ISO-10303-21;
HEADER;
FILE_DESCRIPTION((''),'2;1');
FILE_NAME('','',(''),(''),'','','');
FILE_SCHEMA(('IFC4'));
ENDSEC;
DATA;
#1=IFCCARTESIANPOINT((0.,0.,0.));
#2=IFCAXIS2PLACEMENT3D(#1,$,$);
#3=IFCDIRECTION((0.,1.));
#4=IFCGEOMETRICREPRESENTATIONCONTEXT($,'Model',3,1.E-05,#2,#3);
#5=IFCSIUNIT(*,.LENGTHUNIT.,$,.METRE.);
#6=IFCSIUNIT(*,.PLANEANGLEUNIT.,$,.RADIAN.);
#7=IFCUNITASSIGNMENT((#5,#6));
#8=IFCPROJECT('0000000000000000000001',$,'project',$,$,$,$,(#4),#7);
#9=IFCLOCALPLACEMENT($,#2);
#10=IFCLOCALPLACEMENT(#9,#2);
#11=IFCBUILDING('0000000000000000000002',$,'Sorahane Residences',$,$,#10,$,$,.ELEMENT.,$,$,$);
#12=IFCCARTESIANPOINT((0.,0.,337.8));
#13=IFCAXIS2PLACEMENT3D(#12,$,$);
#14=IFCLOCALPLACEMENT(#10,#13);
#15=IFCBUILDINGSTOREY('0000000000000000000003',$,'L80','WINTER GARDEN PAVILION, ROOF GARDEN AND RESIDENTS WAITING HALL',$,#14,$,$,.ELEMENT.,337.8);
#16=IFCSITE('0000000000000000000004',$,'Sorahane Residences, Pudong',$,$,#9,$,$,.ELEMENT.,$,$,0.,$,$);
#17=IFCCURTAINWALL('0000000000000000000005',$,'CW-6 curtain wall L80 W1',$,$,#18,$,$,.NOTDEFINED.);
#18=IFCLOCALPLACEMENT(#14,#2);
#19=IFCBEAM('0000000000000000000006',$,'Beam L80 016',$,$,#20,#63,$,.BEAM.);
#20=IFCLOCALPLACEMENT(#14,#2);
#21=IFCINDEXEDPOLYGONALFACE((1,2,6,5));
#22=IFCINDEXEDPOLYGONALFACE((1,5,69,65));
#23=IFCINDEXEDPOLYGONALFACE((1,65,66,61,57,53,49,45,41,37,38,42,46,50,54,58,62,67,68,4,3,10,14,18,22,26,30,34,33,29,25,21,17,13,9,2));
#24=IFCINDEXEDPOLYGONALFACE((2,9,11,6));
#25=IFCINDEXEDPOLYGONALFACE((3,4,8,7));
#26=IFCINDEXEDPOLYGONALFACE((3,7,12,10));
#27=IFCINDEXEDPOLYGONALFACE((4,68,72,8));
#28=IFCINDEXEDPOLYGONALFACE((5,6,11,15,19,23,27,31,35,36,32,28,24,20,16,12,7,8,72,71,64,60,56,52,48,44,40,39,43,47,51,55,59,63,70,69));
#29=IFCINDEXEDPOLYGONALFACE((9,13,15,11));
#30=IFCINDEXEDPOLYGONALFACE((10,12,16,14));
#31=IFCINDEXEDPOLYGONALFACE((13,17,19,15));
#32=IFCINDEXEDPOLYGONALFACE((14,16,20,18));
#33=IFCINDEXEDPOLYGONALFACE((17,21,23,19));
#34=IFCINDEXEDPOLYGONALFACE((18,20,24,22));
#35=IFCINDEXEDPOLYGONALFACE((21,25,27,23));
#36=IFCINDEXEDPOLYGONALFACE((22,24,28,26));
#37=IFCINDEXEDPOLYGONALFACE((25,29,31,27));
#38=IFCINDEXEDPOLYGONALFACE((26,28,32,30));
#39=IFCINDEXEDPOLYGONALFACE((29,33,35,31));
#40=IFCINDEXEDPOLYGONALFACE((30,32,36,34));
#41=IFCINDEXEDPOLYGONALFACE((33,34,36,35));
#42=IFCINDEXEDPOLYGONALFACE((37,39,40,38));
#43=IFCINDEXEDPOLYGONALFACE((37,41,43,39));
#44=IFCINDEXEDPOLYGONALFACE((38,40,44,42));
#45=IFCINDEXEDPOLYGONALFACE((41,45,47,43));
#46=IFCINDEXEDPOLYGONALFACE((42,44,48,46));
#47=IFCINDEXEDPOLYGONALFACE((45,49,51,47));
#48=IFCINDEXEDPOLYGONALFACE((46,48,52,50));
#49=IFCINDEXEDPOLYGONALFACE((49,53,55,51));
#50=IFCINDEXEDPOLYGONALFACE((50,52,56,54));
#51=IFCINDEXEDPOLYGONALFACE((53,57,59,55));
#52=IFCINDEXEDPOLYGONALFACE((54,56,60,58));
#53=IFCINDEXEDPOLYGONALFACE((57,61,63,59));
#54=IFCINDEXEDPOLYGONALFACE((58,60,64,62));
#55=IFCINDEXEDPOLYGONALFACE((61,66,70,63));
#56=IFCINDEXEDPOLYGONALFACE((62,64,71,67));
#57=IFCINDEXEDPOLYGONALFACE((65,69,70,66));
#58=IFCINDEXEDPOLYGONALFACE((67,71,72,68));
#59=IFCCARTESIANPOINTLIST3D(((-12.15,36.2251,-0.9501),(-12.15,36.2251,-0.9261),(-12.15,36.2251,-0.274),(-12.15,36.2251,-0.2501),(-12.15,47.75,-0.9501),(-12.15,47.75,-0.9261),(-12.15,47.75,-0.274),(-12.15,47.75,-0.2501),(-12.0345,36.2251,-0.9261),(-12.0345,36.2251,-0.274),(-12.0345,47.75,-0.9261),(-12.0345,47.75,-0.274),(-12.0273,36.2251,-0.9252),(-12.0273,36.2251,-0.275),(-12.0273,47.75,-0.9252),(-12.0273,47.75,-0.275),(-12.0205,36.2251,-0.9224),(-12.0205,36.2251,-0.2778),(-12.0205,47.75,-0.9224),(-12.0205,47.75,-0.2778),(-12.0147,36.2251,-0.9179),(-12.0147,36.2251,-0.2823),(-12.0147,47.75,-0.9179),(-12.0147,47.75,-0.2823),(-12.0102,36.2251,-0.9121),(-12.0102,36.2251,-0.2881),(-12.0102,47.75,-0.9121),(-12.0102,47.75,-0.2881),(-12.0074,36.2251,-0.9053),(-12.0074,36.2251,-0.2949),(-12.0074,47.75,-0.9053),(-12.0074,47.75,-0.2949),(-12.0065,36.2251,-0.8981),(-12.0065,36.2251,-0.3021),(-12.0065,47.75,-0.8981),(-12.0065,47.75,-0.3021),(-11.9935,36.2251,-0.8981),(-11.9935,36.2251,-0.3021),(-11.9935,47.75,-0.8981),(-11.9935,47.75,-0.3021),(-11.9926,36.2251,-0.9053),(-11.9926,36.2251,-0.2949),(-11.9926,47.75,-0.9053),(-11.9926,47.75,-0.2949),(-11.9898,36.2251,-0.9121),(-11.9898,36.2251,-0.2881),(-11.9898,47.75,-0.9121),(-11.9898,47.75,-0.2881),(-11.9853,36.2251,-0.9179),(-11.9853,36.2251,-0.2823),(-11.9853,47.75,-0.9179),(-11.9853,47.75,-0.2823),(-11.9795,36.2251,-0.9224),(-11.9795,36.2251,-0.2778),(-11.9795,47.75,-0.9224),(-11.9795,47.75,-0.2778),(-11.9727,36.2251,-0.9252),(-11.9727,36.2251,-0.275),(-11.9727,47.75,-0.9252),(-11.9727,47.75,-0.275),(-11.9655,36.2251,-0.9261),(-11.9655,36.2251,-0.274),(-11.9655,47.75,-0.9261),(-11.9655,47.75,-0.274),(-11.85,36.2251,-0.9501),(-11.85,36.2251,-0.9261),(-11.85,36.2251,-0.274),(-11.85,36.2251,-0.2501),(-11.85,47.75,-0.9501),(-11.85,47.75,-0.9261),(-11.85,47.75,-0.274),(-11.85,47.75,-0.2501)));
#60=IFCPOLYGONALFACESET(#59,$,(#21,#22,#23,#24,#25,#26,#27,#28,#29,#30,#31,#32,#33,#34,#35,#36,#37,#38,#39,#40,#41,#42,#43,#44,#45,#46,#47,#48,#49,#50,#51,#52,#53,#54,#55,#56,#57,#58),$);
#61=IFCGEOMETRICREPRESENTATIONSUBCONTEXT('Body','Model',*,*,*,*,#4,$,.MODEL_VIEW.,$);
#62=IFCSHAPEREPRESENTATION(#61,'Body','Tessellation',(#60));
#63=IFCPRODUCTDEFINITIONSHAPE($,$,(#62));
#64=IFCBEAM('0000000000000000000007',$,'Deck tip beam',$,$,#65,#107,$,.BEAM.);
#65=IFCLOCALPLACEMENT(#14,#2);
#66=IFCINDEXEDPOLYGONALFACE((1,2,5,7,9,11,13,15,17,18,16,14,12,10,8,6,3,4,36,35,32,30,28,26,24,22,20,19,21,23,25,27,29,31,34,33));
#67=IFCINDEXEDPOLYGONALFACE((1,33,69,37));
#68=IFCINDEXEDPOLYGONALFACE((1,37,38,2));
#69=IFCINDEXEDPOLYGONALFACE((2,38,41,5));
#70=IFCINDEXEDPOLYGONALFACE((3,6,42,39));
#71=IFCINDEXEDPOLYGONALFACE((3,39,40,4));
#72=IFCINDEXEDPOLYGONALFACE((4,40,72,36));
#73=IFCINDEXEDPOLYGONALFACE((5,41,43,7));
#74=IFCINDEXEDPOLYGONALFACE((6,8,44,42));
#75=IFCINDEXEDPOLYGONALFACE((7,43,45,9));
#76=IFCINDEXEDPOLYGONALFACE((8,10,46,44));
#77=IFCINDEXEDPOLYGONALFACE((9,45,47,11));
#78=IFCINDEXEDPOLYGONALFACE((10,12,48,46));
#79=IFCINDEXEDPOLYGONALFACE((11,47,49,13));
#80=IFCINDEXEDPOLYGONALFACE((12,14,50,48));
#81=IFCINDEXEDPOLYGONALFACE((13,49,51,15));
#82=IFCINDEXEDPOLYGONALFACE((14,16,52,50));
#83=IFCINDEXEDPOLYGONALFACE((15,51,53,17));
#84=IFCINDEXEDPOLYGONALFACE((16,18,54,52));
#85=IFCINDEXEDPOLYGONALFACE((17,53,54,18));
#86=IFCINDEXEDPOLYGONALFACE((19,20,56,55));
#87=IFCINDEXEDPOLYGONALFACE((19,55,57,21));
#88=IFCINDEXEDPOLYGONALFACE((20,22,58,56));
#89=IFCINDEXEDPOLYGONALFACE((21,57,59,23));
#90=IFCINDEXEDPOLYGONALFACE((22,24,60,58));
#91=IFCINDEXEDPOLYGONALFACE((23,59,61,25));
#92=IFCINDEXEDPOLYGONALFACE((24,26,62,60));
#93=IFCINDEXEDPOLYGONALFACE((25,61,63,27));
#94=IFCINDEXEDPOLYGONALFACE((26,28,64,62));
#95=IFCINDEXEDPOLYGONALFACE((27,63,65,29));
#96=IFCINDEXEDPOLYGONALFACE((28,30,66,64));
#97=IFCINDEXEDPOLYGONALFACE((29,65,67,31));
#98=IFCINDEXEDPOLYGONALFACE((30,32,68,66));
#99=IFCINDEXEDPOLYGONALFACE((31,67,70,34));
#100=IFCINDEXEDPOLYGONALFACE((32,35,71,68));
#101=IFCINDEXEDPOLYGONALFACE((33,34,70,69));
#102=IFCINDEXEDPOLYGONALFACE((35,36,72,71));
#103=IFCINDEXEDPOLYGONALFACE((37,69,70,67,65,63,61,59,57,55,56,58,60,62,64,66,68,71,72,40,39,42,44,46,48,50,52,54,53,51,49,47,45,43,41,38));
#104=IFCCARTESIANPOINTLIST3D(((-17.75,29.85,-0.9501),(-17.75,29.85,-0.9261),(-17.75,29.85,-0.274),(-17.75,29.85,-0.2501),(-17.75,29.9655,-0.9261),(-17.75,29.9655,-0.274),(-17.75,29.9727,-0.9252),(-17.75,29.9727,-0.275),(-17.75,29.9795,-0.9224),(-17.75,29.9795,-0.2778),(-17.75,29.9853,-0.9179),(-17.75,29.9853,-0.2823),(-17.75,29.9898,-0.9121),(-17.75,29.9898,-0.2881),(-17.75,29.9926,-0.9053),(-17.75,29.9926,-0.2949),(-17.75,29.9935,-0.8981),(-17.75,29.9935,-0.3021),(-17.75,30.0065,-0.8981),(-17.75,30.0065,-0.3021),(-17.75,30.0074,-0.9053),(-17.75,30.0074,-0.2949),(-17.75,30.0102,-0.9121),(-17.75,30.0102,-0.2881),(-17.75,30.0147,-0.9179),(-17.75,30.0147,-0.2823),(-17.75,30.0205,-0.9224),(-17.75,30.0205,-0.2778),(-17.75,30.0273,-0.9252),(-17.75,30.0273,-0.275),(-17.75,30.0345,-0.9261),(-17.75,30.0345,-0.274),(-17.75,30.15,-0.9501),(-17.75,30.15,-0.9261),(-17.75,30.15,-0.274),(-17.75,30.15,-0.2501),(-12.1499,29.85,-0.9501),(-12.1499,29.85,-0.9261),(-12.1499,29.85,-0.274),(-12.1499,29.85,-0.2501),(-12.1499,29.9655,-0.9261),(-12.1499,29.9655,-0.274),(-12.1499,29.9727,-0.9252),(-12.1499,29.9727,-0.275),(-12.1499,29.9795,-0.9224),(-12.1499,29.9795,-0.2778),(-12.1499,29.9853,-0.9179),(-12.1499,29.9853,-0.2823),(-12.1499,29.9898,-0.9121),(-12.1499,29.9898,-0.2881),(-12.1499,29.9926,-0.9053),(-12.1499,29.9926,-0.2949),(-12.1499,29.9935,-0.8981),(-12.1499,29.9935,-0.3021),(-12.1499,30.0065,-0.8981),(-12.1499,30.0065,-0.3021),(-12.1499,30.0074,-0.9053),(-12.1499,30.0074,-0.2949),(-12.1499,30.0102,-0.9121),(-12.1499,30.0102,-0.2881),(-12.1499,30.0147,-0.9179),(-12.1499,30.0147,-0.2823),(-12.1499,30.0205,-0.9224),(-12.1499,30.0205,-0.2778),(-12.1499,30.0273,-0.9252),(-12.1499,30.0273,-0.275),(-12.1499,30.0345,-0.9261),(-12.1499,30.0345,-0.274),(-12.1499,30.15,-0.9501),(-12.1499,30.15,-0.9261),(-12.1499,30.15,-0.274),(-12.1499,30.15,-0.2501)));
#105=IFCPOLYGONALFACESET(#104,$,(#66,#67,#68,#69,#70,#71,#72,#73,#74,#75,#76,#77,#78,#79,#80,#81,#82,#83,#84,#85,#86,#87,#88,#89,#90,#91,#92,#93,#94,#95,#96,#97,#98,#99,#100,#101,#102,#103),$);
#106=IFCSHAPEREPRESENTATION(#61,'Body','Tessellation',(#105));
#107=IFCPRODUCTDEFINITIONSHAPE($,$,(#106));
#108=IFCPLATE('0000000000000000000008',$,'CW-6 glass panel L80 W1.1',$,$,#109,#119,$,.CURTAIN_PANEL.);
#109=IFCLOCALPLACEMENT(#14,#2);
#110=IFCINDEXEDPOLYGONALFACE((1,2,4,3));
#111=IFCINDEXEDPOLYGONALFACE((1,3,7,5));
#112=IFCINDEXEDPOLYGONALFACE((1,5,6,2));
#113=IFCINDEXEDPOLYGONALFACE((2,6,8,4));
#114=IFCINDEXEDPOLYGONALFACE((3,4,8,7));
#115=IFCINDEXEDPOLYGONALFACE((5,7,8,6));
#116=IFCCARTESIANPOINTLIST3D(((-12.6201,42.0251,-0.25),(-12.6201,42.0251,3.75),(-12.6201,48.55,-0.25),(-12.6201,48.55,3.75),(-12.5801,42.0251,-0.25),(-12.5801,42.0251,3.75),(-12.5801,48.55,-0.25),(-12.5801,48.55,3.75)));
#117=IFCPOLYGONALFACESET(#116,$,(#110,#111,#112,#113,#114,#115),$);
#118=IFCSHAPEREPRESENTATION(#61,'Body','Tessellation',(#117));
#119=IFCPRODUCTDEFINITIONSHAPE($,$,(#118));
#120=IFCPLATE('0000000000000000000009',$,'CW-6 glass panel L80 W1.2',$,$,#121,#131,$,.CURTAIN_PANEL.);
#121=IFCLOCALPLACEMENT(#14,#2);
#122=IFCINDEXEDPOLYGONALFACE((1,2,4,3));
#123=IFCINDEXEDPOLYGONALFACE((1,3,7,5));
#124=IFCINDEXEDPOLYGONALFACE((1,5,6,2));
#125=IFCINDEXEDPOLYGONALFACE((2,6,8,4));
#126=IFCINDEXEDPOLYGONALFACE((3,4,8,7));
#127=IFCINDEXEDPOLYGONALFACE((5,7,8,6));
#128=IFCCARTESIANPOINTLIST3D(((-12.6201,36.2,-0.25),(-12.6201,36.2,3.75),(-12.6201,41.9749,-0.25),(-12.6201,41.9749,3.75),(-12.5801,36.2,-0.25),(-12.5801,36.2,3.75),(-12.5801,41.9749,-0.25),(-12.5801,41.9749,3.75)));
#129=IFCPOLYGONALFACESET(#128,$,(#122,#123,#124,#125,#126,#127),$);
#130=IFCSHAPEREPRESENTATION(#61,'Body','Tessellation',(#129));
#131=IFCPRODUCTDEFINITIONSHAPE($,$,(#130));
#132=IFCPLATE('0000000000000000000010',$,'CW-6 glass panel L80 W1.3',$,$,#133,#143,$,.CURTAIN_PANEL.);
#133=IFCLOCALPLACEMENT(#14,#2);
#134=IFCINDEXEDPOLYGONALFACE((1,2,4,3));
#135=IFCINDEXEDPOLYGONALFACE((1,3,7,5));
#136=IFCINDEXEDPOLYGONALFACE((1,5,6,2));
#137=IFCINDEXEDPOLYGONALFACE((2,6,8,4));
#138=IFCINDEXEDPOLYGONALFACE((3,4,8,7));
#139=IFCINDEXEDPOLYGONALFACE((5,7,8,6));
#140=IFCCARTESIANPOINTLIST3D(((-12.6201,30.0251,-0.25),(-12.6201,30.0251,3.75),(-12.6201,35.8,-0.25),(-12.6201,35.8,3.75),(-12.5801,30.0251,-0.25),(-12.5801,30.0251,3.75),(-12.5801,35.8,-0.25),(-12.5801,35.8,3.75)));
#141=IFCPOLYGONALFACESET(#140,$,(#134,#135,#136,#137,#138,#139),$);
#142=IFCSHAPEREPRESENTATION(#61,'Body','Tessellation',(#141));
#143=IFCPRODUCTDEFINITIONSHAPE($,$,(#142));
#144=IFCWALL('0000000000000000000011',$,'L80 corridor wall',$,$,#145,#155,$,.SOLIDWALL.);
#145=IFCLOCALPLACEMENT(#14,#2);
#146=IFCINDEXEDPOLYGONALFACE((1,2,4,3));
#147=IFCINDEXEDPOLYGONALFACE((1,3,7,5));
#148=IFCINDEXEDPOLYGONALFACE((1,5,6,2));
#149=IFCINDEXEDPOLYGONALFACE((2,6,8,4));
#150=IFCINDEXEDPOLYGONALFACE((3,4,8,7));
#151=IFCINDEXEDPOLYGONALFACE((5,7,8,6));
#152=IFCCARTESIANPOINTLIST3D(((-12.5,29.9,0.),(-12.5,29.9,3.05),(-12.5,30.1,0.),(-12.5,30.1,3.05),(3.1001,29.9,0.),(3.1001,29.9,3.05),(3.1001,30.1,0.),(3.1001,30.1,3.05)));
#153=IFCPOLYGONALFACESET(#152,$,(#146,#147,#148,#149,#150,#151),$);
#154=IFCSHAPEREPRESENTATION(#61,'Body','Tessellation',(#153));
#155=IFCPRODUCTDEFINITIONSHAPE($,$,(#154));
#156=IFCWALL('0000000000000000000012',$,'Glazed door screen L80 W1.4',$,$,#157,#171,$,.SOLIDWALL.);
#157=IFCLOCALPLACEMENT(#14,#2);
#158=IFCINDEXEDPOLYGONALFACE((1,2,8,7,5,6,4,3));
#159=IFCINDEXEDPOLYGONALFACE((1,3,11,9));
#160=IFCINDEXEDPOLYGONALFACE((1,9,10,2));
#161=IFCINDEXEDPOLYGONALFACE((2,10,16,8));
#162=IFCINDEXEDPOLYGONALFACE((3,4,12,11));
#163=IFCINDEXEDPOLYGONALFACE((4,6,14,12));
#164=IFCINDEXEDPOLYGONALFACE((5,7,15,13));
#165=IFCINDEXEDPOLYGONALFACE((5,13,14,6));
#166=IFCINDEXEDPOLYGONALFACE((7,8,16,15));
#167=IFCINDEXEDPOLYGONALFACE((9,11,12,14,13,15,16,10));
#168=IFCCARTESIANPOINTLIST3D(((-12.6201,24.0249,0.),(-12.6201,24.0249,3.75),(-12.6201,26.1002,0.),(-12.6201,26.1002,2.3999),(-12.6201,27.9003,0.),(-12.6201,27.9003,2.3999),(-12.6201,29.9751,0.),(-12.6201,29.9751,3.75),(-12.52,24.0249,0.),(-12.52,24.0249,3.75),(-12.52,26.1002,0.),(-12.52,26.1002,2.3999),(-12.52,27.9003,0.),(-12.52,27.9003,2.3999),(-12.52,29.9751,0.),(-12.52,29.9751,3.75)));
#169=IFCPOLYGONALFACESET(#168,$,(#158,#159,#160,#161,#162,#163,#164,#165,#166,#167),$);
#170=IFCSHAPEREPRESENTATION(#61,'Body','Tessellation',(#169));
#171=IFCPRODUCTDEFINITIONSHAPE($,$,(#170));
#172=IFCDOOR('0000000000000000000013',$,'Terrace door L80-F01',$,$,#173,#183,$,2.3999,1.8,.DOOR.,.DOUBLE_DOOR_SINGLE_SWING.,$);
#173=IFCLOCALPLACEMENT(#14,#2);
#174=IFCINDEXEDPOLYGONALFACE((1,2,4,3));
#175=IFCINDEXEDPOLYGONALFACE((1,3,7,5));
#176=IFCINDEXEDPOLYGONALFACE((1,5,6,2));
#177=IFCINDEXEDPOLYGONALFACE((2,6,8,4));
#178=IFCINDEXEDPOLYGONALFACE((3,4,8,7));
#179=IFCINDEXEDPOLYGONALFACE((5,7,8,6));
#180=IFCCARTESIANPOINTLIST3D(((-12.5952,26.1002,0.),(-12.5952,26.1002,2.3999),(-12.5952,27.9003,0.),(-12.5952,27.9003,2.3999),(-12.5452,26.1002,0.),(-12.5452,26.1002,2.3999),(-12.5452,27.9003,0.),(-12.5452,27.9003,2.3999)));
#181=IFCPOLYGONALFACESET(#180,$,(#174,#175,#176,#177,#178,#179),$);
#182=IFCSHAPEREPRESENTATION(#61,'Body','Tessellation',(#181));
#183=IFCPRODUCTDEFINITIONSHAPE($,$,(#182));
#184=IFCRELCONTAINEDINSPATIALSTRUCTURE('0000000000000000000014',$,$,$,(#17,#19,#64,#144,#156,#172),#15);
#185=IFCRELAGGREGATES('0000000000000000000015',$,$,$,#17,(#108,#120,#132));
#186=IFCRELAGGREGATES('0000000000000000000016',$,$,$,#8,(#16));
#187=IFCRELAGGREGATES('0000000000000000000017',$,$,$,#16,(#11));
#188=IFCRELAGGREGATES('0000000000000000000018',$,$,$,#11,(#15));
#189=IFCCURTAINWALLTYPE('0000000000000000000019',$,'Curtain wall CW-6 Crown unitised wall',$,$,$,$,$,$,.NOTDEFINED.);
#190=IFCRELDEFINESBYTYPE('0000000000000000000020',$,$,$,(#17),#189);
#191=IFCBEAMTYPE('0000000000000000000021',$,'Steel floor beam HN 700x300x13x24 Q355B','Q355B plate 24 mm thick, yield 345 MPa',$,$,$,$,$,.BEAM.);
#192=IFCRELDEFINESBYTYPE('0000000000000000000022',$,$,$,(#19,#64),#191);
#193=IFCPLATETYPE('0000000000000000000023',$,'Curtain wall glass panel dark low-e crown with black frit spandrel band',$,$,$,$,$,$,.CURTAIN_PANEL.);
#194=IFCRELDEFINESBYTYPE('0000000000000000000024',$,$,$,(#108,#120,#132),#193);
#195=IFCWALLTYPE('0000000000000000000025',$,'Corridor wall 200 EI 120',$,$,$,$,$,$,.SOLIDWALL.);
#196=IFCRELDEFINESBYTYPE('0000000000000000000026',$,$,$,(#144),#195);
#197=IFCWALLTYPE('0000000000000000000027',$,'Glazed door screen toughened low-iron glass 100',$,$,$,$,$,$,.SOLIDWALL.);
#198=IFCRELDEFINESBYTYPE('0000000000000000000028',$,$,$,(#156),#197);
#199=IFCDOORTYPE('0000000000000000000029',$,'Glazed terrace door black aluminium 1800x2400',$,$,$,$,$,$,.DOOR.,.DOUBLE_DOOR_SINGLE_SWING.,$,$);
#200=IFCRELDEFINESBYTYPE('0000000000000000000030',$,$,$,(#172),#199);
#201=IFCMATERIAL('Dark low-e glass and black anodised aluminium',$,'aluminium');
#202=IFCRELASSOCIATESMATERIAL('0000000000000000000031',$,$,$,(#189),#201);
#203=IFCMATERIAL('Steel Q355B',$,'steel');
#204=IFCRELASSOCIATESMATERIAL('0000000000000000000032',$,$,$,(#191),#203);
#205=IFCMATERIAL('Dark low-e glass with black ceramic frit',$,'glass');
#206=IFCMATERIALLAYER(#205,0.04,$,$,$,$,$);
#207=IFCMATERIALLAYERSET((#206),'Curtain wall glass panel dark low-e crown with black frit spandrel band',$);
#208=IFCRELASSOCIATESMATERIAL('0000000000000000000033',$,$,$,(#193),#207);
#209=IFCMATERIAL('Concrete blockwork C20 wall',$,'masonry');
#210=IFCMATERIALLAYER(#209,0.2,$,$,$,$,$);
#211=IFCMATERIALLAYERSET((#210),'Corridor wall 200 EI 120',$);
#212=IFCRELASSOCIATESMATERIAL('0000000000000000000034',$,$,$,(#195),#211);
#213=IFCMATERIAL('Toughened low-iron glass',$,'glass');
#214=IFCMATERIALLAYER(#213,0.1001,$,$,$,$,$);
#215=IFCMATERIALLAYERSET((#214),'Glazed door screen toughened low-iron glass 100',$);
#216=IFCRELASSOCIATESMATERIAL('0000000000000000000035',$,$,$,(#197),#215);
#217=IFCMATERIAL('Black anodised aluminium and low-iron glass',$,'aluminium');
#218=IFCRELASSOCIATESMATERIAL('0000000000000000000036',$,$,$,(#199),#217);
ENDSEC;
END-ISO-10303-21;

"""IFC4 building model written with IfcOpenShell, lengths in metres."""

from ifc_helpers import new_model, si_unit, direction, frame, frame_2d, origin, origin_2d, place, context, subcontext, project, spatial, rectangle, i_section, extrude, material, layer, layer_set, material_profile, profile_set, type_object, element, fill, aggregate, save


model = new_model("IFC4")

# Units and contexts
model_context = context("Model", 3, precision=1e-05, world=origin(), true_north=direction((0.0, 1.0)))
body_context = subcontext(model_context, "Body", "Model", "MODEL_VIEW")
ifc_project = project(units=[si_unit("LENGTHUNIT", "METRE"), si_unit("PLANEANGLEUNIT", "RADIAN")], contexts=[model_context])

# Site, building, storey
site_placement = place(None, origin())
site = spatial("IfcSite", under=ifc_project, at=site_placement, Name="Sorahane Residences, Pudong", CompositionType="ELEMENT", RefElevation=0.0)
building_placement = place(site_placement, origin())
building = spatial("IfcBuilding", under=site, at=building_placement, Name="Sorahane Residences", CompositionType="ELEMENT")
storey_placement = place(building_placement, frame((0.0, 0.0, 337.8)))
storey = spatial("IfcBuildingStorey", under=building, at=storey_placement, Name="L80", Description="WINTER GARDEN PAVILION, ROOF GARDEN AND RESIDENTS WAITING HALL", CompositionType="ELEMENT", Elevation=337.8)

# Shared definitions
ifc_material_1 = material(Name="Dark low-e glass and black anodised aluminium", Category="aluminium")
curtain_wall_type = type_object("IfcCurtainWallType", Name="Curtain wall CW-6 Crown unitised wall", PredefinedType="NOTDEFINED", material=ifc_material_1)

# Curtain wall
curtain_wall_1_placement = place(storey_placement, origin())
curtain_wall_1 = element("IfcCurtainWall", 1, at=curtain_wall_1_placement, inside=storey, type_object=curtain_wall_type, Name="CW-6 curtain wall L80 W1", PredefinedType="NOTDEFINED")

# Beams
ifc_material_2 = material(Name="Steel Q355B", Category="steel")
ifc_material_profile_1 = material_profile(ifc_material_2, i_section(OverallWidth=0.3, OverallDepth=0.7, WebThickness=0.0129, FlangeThickness=0.0239, FilletRadius=0.0281, at=origin_2d()), Name="HN 700x300x13x24")
ifc_profile_set_1 = profile_set([ifc_material_profile_1], Name="Steel Q355B")
beam_type_1 = type_object("IfcBeamType", Name="Steel floor beam HN 700x300x13x24 Q355B", Description="Q355B plate 24 mm thick, yield 345 MPa", PredefinedType="BEAM", material=ifc_profile_set_1)
beam_1_placement = place(storey_placement, frame((-12.0, 36.2251, -0.6001), z_axis=(0.0, 1.0, 0.0), x_axis=(-1.0, 0.0, 0.0)))
element("IfcBeam", 2, at=beam_1_placement, inside=storey, type_object=beam_type_1, Name="Beam L80 016", PredefinedType="BEAM", context=body_context, shape_type="SweptSolid", body=[
    extrude(i_section(OverallWidth=0.3, OverallDepth=0.7, WebThickness=0.0129, FlangeThickness=0.0239, FilletRadius=0.0281, at=origin_2d()), origin(), (0.0, 0.0, 1.0), 11.5249),
])
beam_2_placement = place(storey_placement, frame((-17.75, 30.0, -0.6001), z_axis=(1.0, 0.0, 0.0), x_axis=(0.0, 1.0, 0.0)))
element("IfcBeam", 3, at=beam_2_placement, inside=storey, type_object=beam_type_1, Name="Deck tip beam", PredefinedType="BEAM", context=body_context, shape_type="SweptSolid", body=[
    extrude(i_section(OverallWidth=0.3, OverallDepth=0.7, WebThickness=0.0129, FlangeThickness=0.0239, FilletRadius=0.0281, at=origin_2d()), origin(), (0.0, 0.0, 1.0), 5.6001),
])

# Plates
ifc_material_3 = material(Name="Dark low-e glass with black ceramic frit", Category="glass")
ifc_layer_1 = layer(ifc_material_3, 0.04)
ifc_layer_set_1 = layer_set([ifc_layer_1], Name="Curtain wall glass panel dark low-e crown with black frit spandrel band")
plate_type = type_object("IfcPlateType", Name="Curtain wall glass panel dark low-e crown with black frit spandrel band", PredefinedType="CURTAIN_PANEL", material=ifc_layer_set_1)
plate_1_placement = place(storey_placement, frame((-12.6001, 45.2876, -0.25), z_axis=(0.0, 0.0, 1.0), x_axis=(0.0, -1.0, 0.0)))
plate_1 = element("IfcPlate", 4, at=plate_1_placement, type_object=plate_type, Name="CW-6 glass panel L80 W1.1", PredefinedType="CURTAIN_PANEL", context=body_context, shape_type="SweptSolid", body=[
    extrude(rectangle(XDim=6.5249, YDim=0.04, at=origin_2d()), origin(), (0.0, 0.0, 1.0), 4.0),
])
plate_2_placement = place(storey_placement, frame((-12.6001, 39.0874, -0.25), z_axis=(0.0, 0.0, 1.0), x_axis=(0.0, -1.0, 0.0)))
plate_2 = element("IfcPlate", 5, at=plate_2_placement, type_object=plate_type, Name="CW-6 glass panel L80 W1.2", PredefinedType="CURTAIN_PANEL", context=body_context, shape_type="SweptSolid", body=[
    extrude(rectangle(XDim=5.7749, YDim=0.04, at=origin_2d()), origin(), (0.0, 0.0, 1.0), 4.0),
])
plate_3_placement = place(storey_placement, frame((-12.6001, 32.9126, -0.25), z_axis=(0.0, 0.0, 1.0), x_axis=(0.0, -1.0, 0.0)))
plate_3 = element("IfcPlate", 6, at=plate_3_placement, type_object=plate_type, Name="CW-6 glass panel L80 W1.3", PredefinedType="CURTAIN_PANEL", context=body_context, shape_type="SweptSolid", body=[
    extrude(rectangle(XDim=5.7749, YDim=0.04, at=origin_2d()), origin(), (0.0, 0.0, 1.0), 4.0),
])
aggregate(curtain_wall_1, [plate_1, plate_2, plate_3])

# Wall
ifc_material_4 = material(Name="Concrete blockwork C20 wall", Category="masonry")
ifc_layer_2 = layer(ifc_material_4, 0.2)
ifc_layer_set_2 = layer_set([ifc_layer_2], Name="Corridor wall 200 EI 120")
wall_type_1 = type_object("IfcWallType", Name="Corridor wall 200 EI 120", PredefinedType="SOLIDWALL", material=ifc_layer_set_2)
wall_1_placement = place(storey_placement, frame((-12.5, 30.0, 0.0), z_axis=(0.0, 0.0, 1.0), x_axis=(1.0, 0.0, 0.0)))
element("IfcWall", 7, at=wall_1_placement, inside=storey, type_object=wall_type_1, Name="L80 corridor wall", PredefinedType="SOLIDWALL", context=body_context, shape_type="SweptSolid", body=[
    extrude(rectangle(XDim=15.6001, YDim=0.2, at=frame_2d((7.8, 0.0))), origin(), (0.0, 0.0, 1.0), 3.05),
])

# Wall, opening, door
ifc_material_5 = material(Name="Toughened low-iron glass", Category="glass")
ifc_layer_3 = layer(ifc_material_5, 0.1001)
ifc_layer_set_3 = layer_set([ifc_layer_3], Name="Glazed door screen toughened low-iron glass 100")
wall_type_2 = type_object("IfcWallType", Name="Glazed door screen toughened low-iron glass 100", PredefinedType="SOLIDWALL", material=ifc_layer_set_3)
wall_2_placement = place(storey_placement, frame((-12.5701, 29.9751, 0.0), z_axis=(0.0, 0.0, 1.0), x_axis=(0.0, -1.0, 0.0)))
wall_2 = element("IfcWall", 8, at=wall_2_placement, inside=storey, type_object=wall_type_2, Name="Glazed door screen L80 W1.4", PredefinedType="SOLIDWALL", context=body_context, shape_type="SweptSolid", body=[
    extrude(rectangle(XDim=5.9502, YDim=0.1001, at=frame_2d((2.9751, 0.0))), origin(), (0.0, 0.0, 1.0), 3.75),
])
opening_placement = place(wall_2_placement, frame((2.075, 0.0, 0.0)))
opening = element("IfcOpeningElement", 9, at=opening_placement, cuts=wall_2, PredefinedType="OPENING", context=body_context, shape_type="SweptSolid", body=[
    extrude(rectangle(XDim=1.8, YDim=2.3999, at=frame_2d((0.8999, 1.2))), frame((0.0, 0.0601, 0.0), z_axis=(0.0, -1.0, 0.0), x_axis=(1.0, 0.0, 0.0)), (0.0, 0.0, 1.0), 0.1201),
])
ifc_material_6 = material(Name="Black anodised aluminium and low-iron glass", Category="aluminium")
door_type = type_object("IfcDoorType", Name="Glazed terrace door black aluminium 1800x2400", OperationType="DOUBLE_DOOR_SINGLE_SWING", PredefinedType="DOOR", material=ifc_material_6)
door_placement = place(opening_placement, origin())
door = element("IfcDoor", 10, at=door_placement, inside=storey, type_object=door_type, Name="Terrace door L80-F01", OperationType="DOUBLE_DOOR_SINGLE_SWING", OverallHeight=2.3999, OverallWidth=1.8, PredefinedType="DOOR", context=body_context, shape_type="SweptSolid", body=[
    extrude(rectangle(XDim=1.8, YDim=2.3999, at=frame_2d((0.8999, 1.2))), frame((0.0, 0.0249, 0.0), z_axis=(0.0, -1.0, 0.0), x_axis=(1.0, 0.0, 0.0)), (0.0, 0.0, 1.0), 0.05),
])
fill(opening, door)

save(model, "model.ifc")
